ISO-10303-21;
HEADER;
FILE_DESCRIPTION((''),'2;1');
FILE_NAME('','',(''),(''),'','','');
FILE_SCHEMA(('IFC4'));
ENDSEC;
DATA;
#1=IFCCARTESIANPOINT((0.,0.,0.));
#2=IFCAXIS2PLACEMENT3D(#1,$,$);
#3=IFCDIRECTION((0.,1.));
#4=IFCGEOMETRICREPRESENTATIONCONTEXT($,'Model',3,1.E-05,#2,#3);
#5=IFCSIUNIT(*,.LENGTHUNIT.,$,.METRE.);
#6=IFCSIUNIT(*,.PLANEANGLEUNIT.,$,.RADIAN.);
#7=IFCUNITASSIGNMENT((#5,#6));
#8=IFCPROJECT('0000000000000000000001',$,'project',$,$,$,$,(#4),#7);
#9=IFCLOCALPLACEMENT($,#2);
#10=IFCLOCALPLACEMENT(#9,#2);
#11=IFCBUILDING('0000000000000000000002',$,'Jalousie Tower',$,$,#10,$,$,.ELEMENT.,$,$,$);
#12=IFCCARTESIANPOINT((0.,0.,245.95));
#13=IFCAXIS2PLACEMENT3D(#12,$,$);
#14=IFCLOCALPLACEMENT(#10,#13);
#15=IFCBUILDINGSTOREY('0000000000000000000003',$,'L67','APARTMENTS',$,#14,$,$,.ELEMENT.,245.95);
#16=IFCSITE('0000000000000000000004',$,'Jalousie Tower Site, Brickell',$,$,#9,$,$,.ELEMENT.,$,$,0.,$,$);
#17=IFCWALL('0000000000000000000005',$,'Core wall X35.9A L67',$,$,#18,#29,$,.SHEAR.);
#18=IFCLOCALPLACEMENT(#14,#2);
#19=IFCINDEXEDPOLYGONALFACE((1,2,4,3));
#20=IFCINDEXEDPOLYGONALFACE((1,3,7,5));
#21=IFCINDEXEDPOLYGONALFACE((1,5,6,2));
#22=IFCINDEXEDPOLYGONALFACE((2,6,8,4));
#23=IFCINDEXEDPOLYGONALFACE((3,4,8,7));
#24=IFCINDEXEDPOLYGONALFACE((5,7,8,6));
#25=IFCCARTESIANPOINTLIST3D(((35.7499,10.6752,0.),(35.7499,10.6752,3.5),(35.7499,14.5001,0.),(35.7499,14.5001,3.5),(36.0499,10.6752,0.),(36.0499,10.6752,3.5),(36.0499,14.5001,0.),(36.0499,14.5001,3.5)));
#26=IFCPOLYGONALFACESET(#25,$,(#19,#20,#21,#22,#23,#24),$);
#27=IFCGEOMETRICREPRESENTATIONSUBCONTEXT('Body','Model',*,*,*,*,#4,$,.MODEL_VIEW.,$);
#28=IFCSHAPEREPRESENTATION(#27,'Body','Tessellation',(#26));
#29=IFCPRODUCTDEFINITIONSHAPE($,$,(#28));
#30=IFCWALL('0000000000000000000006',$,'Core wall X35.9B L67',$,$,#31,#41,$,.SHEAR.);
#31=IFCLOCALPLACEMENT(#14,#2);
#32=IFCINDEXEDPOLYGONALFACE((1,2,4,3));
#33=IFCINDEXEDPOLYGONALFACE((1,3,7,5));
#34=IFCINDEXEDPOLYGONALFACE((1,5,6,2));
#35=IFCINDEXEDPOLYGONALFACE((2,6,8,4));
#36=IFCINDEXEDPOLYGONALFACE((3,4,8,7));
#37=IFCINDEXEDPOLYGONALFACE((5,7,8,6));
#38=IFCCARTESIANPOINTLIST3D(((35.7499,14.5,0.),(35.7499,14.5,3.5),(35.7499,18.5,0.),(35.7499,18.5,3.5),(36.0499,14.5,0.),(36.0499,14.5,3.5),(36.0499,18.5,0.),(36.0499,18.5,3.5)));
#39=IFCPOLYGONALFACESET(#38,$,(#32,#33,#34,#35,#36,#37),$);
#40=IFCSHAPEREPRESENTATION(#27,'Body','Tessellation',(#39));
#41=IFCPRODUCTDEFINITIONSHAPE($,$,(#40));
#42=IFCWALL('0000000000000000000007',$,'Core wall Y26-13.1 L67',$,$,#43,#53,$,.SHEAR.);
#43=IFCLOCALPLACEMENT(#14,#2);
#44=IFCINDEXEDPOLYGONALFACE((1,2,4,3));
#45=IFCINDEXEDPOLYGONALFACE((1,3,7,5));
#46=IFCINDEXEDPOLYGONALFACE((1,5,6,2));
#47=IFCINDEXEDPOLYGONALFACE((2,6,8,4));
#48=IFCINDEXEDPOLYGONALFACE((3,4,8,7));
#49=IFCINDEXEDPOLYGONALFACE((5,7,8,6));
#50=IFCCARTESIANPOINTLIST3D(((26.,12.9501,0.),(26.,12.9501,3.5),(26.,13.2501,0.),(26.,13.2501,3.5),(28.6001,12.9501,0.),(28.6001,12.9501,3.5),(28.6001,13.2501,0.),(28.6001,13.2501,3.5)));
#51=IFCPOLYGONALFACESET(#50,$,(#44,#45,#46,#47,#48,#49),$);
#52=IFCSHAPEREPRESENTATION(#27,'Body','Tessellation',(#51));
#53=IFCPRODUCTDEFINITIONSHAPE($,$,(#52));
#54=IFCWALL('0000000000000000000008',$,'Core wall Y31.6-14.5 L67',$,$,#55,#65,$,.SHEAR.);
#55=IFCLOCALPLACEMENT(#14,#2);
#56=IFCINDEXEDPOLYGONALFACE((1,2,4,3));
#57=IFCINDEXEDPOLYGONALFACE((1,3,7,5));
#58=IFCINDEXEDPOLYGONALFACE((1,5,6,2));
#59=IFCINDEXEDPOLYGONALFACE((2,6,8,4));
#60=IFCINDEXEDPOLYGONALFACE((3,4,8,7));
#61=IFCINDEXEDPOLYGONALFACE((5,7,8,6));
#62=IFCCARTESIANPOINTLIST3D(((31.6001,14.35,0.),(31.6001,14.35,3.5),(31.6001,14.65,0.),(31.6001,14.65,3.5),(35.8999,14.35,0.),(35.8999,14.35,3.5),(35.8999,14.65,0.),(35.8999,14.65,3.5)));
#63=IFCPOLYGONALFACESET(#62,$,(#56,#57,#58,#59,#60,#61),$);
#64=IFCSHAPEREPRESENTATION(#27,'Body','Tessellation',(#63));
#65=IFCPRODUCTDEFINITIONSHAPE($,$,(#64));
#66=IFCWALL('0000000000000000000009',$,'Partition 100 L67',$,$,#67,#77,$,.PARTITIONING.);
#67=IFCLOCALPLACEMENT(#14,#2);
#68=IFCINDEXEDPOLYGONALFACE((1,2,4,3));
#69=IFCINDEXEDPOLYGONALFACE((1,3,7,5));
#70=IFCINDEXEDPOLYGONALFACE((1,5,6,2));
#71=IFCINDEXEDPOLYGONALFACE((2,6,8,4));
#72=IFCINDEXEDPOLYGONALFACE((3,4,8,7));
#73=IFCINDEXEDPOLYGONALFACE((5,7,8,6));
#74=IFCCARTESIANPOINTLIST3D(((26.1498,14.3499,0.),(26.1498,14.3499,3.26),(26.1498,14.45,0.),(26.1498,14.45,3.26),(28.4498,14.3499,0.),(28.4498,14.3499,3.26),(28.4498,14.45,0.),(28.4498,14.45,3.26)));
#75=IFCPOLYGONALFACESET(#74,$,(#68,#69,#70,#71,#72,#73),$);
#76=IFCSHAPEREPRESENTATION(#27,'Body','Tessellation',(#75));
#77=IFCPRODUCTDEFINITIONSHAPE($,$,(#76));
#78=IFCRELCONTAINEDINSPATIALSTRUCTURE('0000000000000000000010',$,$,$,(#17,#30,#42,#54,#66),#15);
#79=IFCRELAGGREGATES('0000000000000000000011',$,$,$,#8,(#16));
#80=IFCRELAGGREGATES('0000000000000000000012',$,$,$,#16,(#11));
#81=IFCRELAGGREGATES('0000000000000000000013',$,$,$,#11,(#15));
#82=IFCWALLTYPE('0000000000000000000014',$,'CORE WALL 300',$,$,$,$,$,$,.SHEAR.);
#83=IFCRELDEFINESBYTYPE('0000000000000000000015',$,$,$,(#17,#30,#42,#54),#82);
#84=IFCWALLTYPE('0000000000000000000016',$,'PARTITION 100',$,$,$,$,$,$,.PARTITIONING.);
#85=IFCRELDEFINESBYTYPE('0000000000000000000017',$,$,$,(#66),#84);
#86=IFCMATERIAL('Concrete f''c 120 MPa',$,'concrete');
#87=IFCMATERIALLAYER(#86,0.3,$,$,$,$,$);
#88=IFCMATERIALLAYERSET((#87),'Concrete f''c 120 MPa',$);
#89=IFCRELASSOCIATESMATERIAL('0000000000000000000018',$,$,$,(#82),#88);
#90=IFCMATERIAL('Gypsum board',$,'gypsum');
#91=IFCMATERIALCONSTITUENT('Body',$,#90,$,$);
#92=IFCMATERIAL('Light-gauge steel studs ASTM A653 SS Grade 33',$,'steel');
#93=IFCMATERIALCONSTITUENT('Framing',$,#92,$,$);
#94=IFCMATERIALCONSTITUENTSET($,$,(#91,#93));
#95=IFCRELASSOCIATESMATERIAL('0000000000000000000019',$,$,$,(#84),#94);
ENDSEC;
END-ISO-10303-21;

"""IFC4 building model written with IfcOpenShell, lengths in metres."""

from ifc_helpers import new_model, si_unit, direction, frame, frame_2d, origin, place, context, subcontext, project, spatial, rectangle, extrude, material, layer, layer_set, constituent, constituent_set, type_object, element, save


model = new_model("IFC4")

# Units and contexts
model_context = context("Model", 3, precision=1e-05, world=origin(), true_north=direction((0.0, 1.0)))
body_context = subcontext(model_context, "Body", "Model", "MODEL_VIEW")
ifc_project = project(units=[si_unit("LENGTHUNIT", "METRE"), si_unit("PLANEANGLEUNIT", "RADIAN")], contexts=[model_context])

# Site, building, storey
site_placement = place(None, origin())
site = spatial("IfcSite", under=ifc_project, at=site_placement, Name="Jalousie Tower Site, Brickell", CompositionType="ELEMENT", RefElevation=0.0)
building_placement = place(site_placement, origin())
building = spatial("IfcBuilding", under=site, at=building_placement, Name="Jalousie Tower", CompositionType="ELEMENT")
storey_placement = place(building_placement, frame((0.0, 0.0, 245.95)))
storey = spatial("IfcBuildingStorey", under=building, at=storey_placement, Name="L67", Description="APARTMENTS", CompositionType="ELEMENT", Elevation=245.95)

# Shared definitions
ifc_material_1 = material(Name="Concrete f'c 120 MPa", Category="concrete")
ifc_layer = layer(ifc_material_1, 0.3)
ifc_layer_set = layer_set([ifc_layer], Name="Concrete f'c 120 MPa")
wall_type_1 = type_object("IfcWallType", Name="CORE WALL 300", PredefinedType="SHEAR", material=ifc_layer_set)

# Walls
wall_1_placement = place(storey_placement, frame((35.8999, 10.675, 0.0), z_axis=(0.0, 0.0, 1.0), x_axis=(0.0, 1.0, 0.0)))
element("IfcWall", 1, at=wall_1_placement, inside=storey, type_object=wall_type_1, Name="Core wall X35.9A L67", PredefinedType="SHEAR", context=body_context, shape_type="SweptSolid", body=[
    extrude(rectangle(XDim=3.825, YDim=0.3, at=frame_2d((1.9126, 0.0))), origin(), (0.0, 0.0, 1.0), 3.5),
])
wall_2_placement = place(storey_placement, frame((35.8999, 14.5, 0.0), z_axis=(0.0, 0.0, 1.0), x_axis=(0.0, 1.0, 0.0)))
element("IfcWall", 2, at=wall_2_placement, inside=storey, type_object=wall_type_1, Name="Core wall X35.9B L67", PredefinedType="SHEAR", context=body_context, shape_type="SweptSolid", body=[
    extrude(rectangle(XDim=4.0, YDim=0.3, at=frame_2d((2.0, 0.0))), origin(), (0.0, 0.0, 1.0), 3.5),
])
wall_3_placement = place(storey_placement, frame((26.0, 13.1001, 0.0), z_axis=(0.0, 0.0, 1.0), x_axis=(1.0, 0.0, 0.0)))
element("IfcWall", 3, at=wall_3_placement, inside=storey, type_object=wall_type_1, Name="Core wall Y26-13.1 L67", PredefinedType="SHEAR", context=body_context, shape_type="SweptSolid", body=[
    extrude(rectangle(XDim=2.6001, YDim=0.3, at=frame_2d((1.3, 0.0))), origin(), (0.0, 0.0, 1.0), 3.5),
])
wall_4_placement = place(storey_placement, frame((31.6001, 14.5, 0.0), z_axis=(0.0, 0.0, 1.0), x_axis=(1.0, 0.0, 0.0)))
element("IfcWall", 4, at=wall_4_placement, inside=storey, type_object=wall_type_1, Name="Core wall Y31.6-14.5 L67", PredefinedType="SHEAR", context=body_context, shape_type="SweptSolid", body=[
    extrude(rectangle(XDim=4.2998, YDim=0.3, at=frame_2d((2.1499, 0.0))), origin(), (0.0, 0.0, 1.0), 3.5),
])
ifc_material_2 = material(Name="Gypsum board", Category="gypsum")
ifc_constituent_1 = constituent(ifc_material_2, Name="Body")
ifc_material_3 = material(Name="Light-gauge steel studs ASTM A653 SS Grade 33", Category="steel")
ifc_constituent_2 = constituent(ifc_material_3, Name="Framing")
ifc_constituent_set_1 = constituent_set(constituents=[ifc_constituent_1, ifc_constituent_2])
wall_type_2 = type_object("IfcWallType", Name="PARTITION 100", PredefinedType="PARTITIONING", material=ifc_constituent_set_1)
wall_5_placement = place(storey_placement, frame((26.1499, 14.3999, 0.0), z_axis=(0.0, 0.0, 1.0), x_axis=(1.0, 0.0, 0.0)))
element("IfcWall", 5, at=wall_5_placement, inside=storey, type_object=wall_type_2, Name="Partition 100 L67", PredefinedType="PARTITIONING", context=body_context, shape_type="SweptSolid", body=[
    extrude(rectangle(XDim=2.3, YDim=0.1001, at=frame_2d((1.1499, 0.0))), origin(), (0.0, 0.0, 1.0), 3.26),
])

save(model, "model.ifc")
